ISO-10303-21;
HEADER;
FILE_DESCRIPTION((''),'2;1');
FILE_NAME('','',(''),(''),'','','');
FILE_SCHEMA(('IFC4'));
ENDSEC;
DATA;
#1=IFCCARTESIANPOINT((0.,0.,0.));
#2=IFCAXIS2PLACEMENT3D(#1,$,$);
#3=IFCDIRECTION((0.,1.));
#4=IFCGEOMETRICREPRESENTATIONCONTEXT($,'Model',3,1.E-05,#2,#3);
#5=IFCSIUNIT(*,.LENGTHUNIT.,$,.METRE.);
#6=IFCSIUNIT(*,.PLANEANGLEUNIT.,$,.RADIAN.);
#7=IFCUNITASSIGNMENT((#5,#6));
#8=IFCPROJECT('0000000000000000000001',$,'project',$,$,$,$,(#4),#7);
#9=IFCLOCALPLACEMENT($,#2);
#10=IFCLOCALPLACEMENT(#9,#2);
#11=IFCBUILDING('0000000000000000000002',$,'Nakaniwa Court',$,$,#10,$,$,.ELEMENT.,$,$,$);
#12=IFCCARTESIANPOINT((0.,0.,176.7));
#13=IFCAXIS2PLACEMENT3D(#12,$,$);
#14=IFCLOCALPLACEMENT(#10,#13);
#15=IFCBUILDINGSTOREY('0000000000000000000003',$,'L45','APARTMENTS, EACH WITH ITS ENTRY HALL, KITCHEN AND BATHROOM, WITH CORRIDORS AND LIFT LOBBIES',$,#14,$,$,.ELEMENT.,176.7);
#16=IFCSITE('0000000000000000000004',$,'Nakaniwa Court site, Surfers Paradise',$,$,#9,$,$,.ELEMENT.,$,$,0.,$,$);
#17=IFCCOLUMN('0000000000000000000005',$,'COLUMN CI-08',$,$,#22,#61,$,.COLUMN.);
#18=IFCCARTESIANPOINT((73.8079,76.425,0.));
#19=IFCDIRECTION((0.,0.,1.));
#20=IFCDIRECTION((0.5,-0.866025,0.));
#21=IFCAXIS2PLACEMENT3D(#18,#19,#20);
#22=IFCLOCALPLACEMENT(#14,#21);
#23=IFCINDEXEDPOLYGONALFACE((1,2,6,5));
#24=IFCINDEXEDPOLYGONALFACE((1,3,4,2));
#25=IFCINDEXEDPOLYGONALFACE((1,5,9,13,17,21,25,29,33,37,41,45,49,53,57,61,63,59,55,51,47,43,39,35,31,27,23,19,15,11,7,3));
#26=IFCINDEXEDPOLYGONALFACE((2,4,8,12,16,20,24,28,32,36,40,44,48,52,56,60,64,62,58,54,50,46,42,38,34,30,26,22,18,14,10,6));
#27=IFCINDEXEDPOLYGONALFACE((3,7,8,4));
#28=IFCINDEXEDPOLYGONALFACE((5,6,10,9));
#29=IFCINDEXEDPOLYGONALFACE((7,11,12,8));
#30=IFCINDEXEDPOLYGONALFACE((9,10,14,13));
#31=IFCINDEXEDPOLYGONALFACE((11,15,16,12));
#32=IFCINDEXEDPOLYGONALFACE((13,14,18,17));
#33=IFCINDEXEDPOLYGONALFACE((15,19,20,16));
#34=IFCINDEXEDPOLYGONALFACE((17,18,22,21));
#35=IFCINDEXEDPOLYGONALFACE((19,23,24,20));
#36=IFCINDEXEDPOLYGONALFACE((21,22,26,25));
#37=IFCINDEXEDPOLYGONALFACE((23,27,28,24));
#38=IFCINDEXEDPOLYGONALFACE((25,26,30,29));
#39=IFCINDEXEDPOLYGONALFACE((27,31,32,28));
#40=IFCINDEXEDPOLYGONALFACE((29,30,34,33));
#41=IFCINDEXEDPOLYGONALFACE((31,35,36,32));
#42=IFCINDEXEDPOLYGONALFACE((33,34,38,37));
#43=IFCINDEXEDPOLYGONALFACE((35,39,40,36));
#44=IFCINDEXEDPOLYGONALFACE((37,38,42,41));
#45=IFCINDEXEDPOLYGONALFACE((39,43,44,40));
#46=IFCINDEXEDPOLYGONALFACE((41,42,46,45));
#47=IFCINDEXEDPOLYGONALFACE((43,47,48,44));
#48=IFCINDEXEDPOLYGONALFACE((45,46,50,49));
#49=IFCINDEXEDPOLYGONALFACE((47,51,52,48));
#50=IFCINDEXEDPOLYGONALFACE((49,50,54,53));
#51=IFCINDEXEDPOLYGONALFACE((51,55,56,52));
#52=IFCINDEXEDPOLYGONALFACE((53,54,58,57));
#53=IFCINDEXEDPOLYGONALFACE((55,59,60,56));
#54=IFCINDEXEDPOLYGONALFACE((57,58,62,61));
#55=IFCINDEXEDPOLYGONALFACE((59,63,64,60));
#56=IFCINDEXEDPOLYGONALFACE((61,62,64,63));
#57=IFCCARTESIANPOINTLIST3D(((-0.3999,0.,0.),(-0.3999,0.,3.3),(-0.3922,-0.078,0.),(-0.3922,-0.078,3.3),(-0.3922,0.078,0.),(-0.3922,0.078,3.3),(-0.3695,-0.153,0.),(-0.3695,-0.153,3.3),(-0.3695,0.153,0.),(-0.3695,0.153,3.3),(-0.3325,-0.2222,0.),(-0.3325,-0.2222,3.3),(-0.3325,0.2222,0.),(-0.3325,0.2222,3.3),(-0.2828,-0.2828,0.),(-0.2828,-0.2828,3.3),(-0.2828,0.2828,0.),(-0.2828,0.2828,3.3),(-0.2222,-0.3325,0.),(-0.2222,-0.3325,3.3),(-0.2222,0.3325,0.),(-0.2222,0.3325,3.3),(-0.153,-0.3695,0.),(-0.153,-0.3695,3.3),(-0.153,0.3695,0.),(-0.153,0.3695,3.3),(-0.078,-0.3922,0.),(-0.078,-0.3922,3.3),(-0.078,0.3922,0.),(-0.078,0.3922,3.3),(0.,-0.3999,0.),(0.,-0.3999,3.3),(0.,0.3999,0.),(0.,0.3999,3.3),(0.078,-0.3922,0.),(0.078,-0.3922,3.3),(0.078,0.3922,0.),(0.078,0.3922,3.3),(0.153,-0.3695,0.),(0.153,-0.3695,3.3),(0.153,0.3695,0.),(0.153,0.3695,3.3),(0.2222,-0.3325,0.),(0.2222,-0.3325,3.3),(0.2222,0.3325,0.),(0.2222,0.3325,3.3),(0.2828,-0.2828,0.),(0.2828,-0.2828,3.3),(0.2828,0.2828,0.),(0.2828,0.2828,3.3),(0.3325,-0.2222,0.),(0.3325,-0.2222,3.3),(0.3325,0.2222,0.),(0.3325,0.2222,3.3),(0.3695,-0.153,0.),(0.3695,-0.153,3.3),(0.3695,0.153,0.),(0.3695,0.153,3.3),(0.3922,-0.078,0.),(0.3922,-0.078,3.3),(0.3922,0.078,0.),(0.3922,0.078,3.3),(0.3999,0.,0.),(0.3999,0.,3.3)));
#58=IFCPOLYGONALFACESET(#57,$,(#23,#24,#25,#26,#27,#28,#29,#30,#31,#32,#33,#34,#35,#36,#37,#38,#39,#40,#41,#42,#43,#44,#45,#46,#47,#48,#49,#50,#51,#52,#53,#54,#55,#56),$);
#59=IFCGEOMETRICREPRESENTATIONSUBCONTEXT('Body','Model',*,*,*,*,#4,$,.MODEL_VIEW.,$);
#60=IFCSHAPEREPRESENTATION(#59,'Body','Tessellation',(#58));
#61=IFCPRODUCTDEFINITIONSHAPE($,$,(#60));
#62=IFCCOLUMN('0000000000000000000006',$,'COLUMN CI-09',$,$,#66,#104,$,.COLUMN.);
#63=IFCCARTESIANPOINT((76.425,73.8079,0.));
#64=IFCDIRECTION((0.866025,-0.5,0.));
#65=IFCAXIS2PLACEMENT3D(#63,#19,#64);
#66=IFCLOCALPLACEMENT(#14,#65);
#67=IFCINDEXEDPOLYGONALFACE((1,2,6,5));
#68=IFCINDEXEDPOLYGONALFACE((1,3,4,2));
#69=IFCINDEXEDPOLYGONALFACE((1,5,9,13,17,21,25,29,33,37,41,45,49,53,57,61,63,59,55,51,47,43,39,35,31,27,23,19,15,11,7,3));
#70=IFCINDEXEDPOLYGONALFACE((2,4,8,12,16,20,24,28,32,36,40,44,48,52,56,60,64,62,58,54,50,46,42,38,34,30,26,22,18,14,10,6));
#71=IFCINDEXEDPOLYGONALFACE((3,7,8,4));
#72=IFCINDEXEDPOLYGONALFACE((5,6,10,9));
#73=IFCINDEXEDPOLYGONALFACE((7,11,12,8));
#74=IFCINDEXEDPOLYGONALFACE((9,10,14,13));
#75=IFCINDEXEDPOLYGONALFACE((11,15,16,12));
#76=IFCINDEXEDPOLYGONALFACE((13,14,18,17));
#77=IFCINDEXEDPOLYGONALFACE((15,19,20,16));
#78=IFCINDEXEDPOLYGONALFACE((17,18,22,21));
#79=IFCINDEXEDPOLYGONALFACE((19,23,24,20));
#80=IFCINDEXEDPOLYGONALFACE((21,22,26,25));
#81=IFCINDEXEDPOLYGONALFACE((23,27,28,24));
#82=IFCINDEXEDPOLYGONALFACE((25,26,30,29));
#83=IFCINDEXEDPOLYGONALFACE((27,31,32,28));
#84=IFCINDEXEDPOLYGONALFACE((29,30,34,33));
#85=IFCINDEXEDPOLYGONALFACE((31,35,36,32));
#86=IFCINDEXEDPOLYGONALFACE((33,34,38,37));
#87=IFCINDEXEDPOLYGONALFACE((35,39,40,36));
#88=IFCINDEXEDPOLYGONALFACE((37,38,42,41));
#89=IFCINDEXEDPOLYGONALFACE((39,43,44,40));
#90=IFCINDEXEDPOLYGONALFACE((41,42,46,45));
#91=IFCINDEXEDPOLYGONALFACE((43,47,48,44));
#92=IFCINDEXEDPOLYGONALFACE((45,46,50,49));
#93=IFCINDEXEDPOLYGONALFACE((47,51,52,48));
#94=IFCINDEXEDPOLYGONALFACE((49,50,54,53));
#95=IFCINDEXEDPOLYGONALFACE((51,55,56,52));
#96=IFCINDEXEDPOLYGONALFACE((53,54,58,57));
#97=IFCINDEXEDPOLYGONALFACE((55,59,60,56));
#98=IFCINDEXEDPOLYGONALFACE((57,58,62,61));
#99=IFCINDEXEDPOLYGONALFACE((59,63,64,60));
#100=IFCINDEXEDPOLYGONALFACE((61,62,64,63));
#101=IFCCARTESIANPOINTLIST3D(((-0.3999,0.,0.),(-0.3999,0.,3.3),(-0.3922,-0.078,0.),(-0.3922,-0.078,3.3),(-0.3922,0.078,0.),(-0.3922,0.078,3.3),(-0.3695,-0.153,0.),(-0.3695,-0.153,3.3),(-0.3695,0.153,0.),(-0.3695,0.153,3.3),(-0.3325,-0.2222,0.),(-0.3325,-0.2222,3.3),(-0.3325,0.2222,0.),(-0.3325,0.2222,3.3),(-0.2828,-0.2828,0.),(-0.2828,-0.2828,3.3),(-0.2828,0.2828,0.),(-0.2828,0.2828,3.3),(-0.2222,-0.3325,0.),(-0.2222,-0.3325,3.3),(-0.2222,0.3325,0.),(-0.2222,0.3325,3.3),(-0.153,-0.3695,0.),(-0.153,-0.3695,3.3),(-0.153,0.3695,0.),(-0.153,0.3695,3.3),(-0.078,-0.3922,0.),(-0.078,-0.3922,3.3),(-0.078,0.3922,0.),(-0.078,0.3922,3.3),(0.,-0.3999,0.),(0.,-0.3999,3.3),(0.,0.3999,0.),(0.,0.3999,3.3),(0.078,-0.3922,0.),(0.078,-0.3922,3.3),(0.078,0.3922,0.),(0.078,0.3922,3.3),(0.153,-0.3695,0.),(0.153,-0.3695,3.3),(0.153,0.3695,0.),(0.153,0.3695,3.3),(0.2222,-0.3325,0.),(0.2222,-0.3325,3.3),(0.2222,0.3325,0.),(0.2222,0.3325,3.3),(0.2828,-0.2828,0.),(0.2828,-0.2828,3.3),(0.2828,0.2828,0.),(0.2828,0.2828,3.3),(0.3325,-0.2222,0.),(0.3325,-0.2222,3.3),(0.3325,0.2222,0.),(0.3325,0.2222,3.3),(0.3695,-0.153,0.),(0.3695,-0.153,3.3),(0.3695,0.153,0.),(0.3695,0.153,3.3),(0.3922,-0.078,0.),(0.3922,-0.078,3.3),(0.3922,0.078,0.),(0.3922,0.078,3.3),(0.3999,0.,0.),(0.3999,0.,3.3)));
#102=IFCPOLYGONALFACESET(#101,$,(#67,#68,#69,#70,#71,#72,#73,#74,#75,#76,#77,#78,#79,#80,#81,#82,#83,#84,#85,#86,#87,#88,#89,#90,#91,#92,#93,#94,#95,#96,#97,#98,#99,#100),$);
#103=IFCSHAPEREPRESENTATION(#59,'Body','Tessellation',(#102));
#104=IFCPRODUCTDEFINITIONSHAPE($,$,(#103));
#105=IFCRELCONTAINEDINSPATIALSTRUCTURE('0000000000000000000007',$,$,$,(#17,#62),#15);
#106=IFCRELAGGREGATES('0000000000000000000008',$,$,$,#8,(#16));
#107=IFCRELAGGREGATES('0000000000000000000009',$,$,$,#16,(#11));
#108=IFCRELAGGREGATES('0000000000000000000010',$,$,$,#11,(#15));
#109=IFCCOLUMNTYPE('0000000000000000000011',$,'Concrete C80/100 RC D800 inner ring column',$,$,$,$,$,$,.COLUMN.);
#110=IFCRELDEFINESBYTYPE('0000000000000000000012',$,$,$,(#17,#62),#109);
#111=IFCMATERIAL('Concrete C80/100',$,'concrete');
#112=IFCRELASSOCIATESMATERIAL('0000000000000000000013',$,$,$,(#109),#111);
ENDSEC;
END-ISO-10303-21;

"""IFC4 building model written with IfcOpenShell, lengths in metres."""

from ifc_helpers import new_model, si_unit, direction, frame, origin, origin_2d, place, context, subcontext, project, spatial, circle, extrude, material, material_profile, profile_set, type_object, element, save


model = new_model("IFC4")

# Units and contexts
model_context = context("Model", 3, precision=1e-05, world=origin(), true_north=direction((0.0, 1.0)))
body_context = subcontext(model_context, "Body", "Model", "MODEL_VIEW")
ifc_project = project(units=[si_unit("LENGTHUNIT", "METRE"), si_unit("PLANEANGLEUNIT", "RADIAN")], contexts=[model_context])

# Site, building, storey
site_placement = place(None, origin())
site = spatial("IfcSite", under=ifc_project, at=site_placement, Name="Nakaniwa Court site, Surfers Paradise", CompositionType="ELEMENT", RefElevation=0.0)
building_placement = place(site_placement, origin())
building = spatial("IfcBuilding", under=site, at=building_placement, Name="Nakaniwa Court", CompositionType="ELEMENT")
storey_placement = place(building_placement, frame((0.0, 0.0, 176.7)))
storey = spatial("IfcBuildingStorey", under=building, at=storey_placement, Name="L45", Description="APARTMENTS, EACH WITH ITS ENTRY HALL, KITCHEN AND BATHROOM, WITH CORRIDORS AND LIFT LOBBIES", CompositionType="ELEMENT", Elevation=176.7)

# Columns
ifc_material_1 = material(Name="Concrete C80/100", Category="concrete")
ifc_material_profile_1 = material_profile(ifc_material_1, circle(Radius=0.3999, at=origin_2d()), Name="Concrete C80/100 RC D800 inner ring column")
ifc_profile_set_1 = profile_set([ifc_material_profile_1], Name="Concrete C80/100")
column_type_1 = type_object("IfcColumnType", Name="Concrete C80/100 RC D800 inner ring column", PredefinedType="COLUMN", material=ifc_profile_set_1)
for number, where, z_axis, x_axis, name in (
    (1, (73.8079, 76.425, 0.0), (0.0, 0.0, 1.0), (0.5, -0.866025, 0.0), "COLUMN CI-08"),
    (2, (76.425, 73.8079, 0.0), (0.0, 0.0, 1.0), (0.866025, -0.5, 0.0), "COLUMN CI-09"),
):
    element("IfcColumn", number, at=place(storey_placement, frame(where, z_axis=z_axis, x_axis=x_axis)), inside=storey, type_object=column_type_1, Name=name, PredefinedType="COLUMN", context=body_context, shape_type="SweptSolid", body=[
        extrude(circle(Radius=0.3999, at=origin_2d()), origin(), (0.0, 0.0, 1.0), 3.3),
    ])

save(model, "model.ifc")
